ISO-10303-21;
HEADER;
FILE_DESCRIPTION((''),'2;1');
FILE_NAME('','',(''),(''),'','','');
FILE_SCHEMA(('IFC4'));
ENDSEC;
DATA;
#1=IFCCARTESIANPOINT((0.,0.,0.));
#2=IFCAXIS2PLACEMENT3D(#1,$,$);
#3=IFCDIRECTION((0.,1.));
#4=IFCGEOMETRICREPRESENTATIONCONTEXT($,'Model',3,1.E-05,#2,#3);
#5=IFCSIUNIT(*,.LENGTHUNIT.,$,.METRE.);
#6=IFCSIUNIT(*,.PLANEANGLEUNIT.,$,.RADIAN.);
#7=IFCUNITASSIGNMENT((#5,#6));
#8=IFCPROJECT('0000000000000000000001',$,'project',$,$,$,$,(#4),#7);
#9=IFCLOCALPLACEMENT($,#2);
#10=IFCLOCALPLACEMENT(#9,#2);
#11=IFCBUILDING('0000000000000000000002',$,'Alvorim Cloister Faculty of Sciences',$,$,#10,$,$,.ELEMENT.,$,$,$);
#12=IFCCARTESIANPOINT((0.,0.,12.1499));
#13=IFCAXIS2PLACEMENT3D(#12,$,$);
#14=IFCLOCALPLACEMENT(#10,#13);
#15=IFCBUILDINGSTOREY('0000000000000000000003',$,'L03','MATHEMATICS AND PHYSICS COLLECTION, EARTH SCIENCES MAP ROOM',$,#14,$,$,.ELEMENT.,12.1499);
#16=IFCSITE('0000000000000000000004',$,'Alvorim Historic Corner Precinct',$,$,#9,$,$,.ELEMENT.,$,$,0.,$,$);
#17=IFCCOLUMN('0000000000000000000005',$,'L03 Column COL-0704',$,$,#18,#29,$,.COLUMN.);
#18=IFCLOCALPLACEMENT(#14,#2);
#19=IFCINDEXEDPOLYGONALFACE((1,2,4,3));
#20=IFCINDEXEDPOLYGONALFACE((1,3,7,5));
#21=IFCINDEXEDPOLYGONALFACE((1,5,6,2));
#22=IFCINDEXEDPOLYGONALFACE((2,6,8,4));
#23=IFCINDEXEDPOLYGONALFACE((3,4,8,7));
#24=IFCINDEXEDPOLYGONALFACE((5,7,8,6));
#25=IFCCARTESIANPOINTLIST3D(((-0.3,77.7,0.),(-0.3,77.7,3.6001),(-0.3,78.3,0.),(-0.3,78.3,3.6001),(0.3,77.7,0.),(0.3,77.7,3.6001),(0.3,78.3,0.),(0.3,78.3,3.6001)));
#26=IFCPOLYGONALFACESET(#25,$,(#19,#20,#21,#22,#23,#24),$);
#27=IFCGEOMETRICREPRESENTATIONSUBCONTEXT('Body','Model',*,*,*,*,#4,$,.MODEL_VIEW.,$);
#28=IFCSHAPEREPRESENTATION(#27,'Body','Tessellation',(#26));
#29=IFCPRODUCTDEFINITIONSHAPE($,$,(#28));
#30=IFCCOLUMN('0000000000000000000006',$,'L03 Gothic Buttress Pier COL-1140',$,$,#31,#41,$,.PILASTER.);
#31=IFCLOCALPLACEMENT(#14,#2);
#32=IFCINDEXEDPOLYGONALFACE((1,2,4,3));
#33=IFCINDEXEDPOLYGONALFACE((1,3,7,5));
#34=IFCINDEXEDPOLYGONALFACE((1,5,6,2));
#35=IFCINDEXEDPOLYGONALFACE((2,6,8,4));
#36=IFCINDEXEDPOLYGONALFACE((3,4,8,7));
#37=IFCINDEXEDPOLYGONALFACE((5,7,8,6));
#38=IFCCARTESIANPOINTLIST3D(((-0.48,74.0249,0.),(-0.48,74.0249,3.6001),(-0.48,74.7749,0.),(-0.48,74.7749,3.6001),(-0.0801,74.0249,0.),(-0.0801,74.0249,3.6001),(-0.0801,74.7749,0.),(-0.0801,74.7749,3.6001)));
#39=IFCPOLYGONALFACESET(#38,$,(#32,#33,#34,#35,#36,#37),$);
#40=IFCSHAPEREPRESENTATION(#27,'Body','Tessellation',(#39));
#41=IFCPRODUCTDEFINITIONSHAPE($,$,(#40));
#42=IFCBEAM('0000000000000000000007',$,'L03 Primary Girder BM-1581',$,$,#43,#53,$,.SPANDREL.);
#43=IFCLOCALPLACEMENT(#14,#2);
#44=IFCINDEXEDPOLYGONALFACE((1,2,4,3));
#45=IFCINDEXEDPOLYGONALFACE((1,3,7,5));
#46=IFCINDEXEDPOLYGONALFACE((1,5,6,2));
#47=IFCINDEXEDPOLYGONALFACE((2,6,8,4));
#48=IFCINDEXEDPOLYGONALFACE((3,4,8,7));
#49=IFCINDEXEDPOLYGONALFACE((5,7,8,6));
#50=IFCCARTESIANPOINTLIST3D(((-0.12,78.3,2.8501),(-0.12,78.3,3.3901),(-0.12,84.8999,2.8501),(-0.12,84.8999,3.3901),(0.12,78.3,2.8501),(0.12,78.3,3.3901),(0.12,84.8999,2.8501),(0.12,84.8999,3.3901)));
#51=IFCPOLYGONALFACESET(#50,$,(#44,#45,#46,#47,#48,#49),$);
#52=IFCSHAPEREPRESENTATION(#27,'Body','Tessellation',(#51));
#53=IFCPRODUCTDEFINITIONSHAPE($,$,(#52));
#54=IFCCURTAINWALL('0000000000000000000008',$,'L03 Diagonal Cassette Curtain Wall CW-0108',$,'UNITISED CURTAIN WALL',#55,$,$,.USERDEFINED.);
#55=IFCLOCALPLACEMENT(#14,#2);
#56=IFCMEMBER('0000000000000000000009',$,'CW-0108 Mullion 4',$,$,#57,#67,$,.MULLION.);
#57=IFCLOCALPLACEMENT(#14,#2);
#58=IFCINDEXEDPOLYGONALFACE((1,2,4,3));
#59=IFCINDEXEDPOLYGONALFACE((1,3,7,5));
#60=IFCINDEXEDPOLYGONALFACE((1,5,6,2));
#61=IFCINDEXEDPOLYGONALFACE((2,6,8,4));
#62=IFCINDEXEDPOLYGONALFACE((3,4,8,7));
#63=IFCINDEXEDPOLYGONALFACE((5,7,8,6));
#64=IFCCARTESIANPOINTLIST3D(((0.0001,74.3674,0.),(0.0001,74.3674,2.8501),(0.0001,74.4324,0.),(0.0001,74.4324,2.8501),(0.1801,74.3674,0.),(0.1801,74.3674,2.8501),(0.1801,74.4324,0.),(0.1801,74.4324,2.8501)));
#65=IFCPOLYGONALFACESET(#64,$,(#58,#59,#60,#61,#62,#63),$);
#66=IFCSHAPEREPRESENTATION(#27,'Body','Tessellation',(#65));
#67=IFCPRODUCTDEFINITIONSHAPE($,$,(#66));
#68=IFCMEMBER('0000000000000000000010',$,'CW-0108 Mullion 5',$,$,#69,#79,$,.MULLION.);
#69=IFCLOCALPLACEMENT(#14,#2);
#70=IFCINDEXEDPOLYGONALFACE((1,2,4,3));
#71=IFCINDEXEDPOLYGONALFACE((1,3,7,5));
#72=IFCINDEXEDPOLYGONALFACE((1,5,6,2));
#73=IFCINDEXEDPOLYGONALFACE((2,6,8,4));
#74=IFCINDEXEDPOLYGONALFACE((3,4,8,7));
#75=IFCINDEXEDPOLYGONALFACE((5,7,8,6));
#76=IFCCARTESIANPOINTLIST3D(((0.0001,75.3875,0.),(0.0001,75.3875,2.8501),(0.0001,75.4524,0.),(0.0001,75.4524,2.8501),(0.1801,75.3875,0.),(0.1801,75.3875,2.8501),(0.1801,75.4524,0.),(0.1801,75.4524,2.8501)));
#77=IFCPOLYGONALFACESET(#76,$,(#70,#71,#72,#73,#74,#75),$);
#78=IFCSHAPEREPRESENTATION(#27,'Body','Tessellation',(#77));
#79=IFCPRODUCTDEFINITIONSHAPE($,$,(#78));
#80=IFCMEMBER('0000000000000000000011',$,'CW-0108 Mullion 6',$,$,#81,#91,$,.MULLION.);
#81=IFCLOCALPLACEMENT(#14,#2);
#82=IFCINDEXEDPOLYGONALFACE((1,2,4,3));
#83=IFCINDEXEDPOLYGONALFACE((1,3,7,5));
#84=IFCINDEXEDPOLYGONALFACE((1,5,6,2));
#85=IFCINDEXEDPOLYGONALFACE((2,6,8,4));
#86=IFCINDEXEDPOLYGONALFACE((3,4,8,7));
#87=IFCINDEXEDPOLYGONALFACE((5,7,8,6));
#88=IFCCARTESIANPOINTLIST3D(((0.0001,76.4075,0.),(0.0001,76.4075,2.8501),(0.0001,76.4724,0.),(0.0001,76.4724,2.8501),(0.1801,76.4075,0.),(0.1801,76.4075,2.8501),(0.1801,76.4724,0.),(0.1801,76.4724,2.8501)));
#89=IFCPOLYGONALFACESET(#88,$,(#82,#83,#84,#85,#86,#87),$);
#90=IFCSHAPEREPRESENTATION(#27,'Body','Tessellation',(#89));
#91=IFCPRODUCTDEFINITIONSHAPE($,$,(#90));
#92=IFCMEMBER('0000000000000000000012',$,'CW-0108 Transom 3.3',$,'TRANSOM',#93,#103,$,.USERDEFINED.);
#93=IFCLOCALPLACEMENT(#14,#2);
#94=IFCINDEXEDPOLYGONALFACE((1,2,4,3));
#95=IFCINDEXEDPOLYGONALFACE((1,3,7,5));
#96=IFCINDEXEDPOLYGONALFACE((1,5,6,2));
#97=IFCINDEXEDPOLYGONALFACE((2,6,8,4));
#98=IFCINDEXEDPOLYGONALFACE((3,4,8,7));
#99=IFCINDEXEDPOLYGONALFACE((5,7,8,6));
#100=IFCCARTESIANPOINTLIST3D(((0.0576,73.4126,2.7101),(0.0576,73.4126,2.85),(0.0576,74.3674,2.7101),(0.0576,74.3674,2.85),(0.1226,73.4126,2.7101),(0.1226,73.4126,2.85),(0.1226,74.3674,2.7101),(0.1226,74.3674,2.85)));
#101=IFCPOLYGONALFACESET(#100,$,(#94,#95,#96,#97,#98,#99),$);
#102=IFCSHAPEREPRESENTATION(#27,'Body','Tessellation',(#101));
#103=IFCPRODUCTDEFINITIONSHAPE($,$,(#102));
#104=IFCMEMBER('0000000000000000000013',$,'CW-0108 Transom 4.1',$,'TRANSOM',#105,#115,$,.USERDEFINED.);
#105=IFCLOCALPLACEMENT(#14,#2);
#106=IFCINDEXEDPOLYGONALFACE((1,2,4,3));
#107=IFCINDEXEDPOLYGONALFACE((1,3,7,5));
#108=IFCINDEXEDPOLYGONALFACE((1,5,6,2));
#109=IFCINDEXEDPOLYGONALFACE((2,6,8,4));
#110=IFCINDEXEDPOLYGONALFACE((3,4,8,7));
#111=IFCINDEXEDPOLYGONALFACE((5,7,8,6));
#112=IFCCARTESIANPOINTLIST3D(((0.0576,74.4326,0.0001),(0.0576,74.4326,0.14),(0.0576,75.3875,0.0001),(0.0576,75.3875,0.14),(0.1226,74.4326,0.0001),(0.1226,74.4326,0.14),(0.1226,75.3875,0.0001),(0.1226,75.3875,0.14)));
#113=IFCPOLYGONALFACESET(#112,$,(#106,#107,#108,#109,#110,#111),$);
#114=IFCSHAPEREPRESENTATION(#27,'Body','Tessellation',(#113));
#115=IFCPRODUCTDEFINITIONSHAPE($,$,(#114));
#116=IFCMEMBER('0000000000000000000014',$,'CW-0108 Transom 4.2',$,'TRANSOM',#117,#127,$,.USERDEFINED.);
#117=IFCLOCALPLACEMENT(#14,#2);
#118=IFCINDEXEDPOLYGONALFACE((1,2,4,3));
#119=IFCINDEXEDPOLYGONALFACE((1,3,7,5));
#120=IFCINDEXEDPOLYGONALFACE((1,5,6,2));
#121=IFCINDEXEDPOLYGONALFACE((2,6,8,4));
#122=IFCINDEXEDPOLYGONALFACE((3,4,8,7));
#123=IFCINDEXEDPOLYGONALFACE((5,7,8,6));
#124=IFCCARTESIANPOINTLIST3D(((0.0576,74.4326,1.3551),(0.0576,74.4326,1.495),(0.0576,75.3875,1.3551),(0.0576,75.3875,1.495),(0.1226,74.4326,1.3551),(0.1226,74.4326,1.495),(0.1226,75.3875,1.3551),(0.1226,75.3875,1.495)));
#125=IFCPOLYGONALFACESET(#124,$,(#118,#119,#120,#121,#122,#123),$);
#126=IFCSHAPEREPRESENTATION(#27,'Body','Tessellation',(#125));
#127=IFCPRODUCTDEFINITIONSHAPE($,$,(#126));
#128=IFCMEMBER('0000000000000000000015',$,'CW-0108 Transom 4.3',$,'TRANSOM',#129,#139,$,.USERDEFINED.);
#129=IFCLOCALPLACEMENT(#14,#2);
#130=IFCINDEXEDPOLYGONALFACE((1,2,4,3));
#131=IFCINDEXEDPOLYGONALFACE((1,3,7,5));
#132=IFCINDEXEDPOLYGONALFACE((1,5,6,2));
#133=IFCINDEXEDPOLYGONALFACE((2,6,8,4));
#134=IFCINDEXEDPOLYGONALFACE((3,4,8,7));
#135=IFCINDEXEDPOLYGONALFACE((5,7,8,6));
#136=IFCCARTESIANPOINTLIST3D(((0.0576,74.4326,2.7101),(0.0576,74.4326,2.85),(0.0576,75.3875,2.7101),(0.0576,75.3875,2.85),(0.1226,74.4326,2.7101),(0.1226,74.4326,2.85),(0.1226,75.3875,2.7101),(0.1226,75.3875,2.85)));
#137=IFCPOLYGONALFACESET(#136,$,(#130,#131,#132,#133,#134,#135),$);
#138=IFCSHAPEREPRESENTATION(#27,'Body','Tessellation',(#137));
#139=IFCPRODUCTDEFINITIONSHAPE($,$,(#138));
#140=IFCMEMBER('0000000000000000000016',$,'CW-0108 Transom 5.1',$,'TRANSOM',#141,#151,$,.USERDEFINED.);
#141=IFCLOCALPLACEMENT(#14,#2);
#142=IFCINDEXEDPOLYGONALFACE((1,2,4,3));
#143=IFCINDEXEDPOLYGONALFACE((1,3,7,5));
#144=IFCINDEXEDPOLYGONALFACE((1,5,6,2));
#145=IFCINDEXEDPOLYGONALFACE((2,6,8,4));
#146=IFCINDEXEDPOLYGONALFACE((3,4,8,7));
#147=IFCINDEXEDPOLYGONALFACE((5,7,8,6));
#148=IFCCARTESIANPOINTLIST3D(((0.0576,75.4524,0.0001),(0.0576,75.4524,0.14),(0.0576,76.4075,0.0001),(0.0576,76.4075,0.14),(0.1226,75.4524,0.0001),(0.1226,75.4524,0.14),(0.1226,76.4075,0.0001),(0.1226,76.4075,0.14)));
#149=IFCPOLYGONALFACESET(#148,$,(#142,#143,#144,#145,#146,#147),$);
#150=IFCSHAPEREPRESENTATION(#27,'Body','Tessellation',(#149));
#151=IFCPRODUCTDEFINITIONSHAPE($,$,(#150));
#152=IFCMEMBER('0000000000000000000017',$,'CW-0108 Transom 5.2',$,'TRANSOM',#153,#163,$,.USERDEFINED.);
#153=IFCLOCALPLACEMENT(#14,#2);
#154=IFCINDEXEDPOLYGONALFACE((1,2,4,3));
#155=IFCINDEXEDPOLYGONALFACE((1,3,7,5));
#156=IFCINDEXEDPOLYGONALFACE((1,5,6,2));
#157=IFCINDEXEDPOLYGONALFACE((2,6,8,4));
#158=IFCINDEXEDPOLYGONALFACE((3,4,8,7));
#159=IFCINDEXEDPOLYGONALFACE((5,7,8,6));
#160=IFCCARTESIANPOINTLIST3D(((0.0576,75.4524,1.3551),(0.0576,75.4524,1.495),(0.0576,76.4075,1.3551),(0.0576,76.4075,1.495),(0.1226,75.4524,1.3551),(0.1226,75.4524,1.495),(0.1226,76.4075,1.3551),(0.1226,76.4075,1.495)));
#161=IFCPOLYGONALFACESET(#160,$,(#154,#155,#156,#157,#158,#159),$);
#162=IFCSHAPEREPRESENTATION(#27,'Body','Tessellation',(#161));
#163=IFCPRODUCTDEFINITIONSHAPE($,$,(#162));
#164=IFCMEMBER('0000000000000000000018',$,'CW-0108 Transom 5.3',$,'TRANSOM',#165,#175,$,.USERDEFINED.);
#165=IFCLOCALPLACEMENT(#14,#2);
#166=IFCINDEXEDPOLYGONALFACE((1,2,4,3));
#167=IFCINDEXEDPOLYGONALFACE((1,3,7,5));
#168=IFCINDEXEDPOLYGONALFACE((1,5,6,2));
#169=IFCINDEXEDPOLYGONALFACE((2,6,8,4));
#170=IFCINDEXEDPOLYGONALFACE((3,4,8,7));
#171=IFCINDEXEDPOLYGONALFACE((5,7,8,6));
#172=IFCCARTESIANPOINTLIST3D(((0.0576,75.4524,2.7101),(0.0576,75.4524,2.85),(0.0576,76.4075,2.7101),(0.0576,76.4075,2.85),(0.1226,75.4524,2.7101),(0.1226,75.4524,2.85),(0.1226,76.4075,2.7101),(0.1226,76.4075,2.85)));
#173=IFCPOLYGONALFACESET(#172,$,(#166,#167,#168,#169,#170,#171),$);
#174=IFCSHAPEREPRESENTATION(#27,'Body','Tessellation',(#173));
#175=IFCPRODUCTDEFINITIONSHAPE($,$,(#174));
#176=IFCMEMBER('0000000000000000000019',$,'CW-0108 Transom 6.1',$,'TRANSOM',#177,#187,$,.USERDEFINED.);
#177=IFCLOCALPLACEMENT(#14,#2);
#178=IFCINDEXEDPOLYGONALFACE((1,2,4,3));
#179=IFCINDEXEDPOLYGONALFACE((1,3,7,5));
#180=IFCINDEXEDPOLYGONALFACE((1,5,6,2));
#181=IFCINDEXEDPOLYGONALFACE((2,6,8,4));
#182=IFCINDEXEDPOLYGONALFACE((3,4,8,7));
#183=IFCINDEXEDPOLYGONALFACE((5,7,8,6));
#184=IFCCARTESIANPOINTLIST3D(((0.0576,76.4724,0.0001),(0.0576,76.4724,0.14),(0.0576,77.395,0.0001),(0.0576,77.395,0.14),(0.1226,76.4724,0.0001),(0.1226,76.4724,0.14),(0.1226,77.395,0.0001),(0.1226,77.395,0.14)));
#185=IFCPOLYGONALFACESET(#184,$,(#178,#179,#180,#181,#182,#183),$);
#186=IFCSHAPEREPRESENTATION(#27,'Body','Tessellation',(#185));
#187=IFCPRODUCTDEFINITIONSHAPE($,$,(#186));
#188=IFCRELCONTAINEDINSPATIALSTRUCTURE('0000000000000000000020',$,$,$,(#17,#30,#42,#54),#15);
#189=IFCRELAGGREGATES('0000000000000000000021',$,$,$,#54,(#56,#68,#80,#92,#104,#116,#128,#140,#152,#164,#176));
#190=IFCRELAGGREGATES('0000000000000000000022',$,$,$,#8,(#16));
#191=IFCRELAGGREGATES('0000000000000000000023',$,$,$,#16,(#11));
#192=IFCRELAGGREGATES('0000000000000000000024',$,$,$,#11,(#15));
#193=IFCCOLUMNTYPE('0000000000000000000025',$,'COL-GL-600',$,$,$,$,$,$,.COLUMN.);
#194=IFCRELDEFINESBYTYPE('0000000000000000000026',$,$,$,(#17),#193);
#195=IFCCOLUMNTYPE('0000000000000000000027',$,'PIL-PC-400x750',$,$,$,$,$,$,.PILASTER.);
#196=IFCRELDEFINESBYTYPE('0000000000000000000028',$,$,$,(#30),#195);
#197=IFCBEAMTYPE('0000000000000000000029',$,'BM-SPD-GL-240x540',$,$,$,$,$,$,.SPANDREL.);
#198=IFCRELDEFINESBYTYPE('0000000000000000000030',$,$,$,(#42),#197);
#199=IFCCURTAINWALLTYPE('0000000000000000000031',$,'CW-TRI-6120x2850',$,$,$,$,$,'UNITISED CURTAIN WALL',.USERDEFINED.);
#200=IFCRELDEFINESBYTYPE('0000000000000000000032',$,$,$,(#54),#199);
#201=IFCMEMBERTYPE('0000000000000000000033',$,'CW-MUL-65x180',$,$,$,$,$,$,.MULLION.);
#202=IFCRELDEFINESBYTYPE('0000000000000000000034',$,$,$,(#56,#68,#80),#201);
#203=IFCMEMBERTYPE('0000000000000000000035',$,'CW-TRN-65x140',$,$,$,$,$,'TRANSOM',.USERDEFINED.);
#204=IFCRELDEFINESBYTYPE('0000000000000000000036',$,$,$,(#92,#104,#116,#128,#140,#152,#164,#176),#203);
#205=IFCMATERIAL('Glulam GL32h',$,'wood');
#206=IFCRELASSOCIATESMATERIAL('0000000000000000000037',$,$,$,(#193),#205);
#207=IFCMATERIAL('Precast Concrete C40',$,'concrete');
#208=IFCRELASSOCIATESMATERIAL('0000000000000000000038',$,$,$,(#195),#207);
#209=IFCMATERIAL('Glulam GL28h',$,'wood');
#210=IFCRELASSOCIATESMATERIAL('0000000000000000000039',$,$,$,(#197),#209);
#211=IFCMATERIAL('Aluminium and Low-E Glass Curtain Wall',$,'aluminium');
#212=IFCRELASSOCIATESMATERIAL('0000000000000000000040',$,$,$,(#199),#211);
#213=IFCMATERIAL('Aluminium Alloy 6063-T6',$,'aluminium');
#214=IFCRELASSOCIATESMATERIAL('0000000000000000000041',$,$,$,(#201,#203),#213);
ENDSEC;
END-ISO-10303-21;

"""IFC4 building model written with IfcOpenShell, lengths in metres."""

from ifc_helpers import new_model, si_unit, direction, frame, origin, origin_2d, place, context, subcontext, project, spatial, rectangle, extrude, material, material_profile, profile_set, type_object, element, aggregate, save


model = new_model("IFC4")

# Units and contexts
model_context = context("Model", 3, precision=1e-05, world=origin(), true_north=direction((0.0, 1.0)))
body_context = subcontext(model_context, "Body", "Model", "MODEL_VIEW")
ifc_project = project(units=[si_unit("LENGTHUNIT", "METRE"), si_unit("PLANEANGLEUNIT", "RADIAN")], contexts=[model_context])

# Site, building, storey
site_placement = place(None, origin())
site = spatial("IfcSite", under=ifc_project, at=site_placement, Name="Alvorim Historic Corner Precinct", CompositionType="ELEMENT", RefElevation=0.0)
building_placement = place(site_placement, origin())
building = spatial("IfcBuilding", under=site, at=building_placement, Name="Alvorim Cloister Faculty of Sciences", CompositionType="ELEMENT")
storey_placement = place(building_placement, frame((0.0, 0.0, 12.1499)))
storey = spatial("IfcBuildingStorey", under=building, at=storey_placement, Name="L03", Description="MATHEMATICS AND PHYSICS COLLECTION, EARTH SCIENCES MAP ROOM", CompositionType="ELEMENT", Elevation=12.1499)

# Columns
ifc_material_1 = material(Name="Glulam GL32h", Category="wood")
ifc_material_profile_1 = material_profile(ifc_material_1, rectangle(XDim=0.6001, YDim=0.6001, at=origin_2d()), Name="GL32-COL-600x600")
ifc_profile_set_1 = profile_set([ifc_material_profile_1], Name="Glulam GL32h")
column_type_1 = type_object("IfcColumnType", Name="COL-GL-600", PredefinedType="COLUMN", material=ifc_profile_set_1)
column_1_placement = place(storey_placement, frame((0.0, 78.0, 0.0), z_axis=(0.0, 0.0, 1.0), x_axis=(1.0, 0.0, 0.0)))
element("IfcColumn", 1, at=column_1_placement, inside=storey, type_object=column_type_1, Name="L03 Column COL-0704", PredefinedType="COLUMN", context=body_context, shape_type="SweptSolid", body=[
    extrude(rectangle(XDim=0.6001, YDim=0.6001, at=origin_2d()), origin(), (0.0, 0.0, 1.0), 3.6001),
])
ifc_material_2 = material(Name="Precast Concrete C40", Category="concrete")
ifc_material_profile_2 = material_profile(ifc_material_2, rectangle(XDim=0.3999, YDim=0.75, at=origin_2d()), Name="RC40-PIL-400x750")
ifc_profile_set_2 = profile_set([ifc_material_profile_2], Name="Precast Concrete C40")
column_type_2 = type_object("IfcColumnType", Name="PIL-PC-400x750", PredefinedType="PILASTER", material=ifc_profile_set_2)
column_2_placement = place(storey_placement, frame((-0.28, 74.3999, 0.0), z_axis=(0.0, 0.0, 1.0), x_axis=(1.0, 0.0, 0.0)))
element("IfcColumn", 2, at=column_2_placement, inside=storey, type_object=column_type_2, Name="L03 Gothic Buttress Pier COL-1140", PredefinedType="PILASTER", context=body_context, shape_type="SweptSolid", body=[
    extrude(rectangle(XDim=0.3999, YDim=0.75, at=origin_2d()), origin(), (0.0, 0.0, 1.0), 3.6001),
])

# Beam
ifc_material_3 = material(Name="Glulam GL28h", Category="wood")
ifc_material_profile_3 = material_profile(ifc_material_3, rectangle(XDim=0.24, YDim=0.54, at=origin_2d()), Name="GL28-SPD-240x540")
ifc_profile_set_3 = profile_set([ifc_material_profile_3], Name="Glulam GL28h")
beam_type = type_object("IfcBeamType", Name="BM-SPD-GL-240x540", PredefinedType="SPANDREL", material=ifc_profile_set_3)
beam_placement = place(storey_placement, frame((0.0, 78.3, 3.1201), z_axis=(0.0, 1.0, 0.0), x_axis=(-1.0, 0.0, 0.0)))
element("IfcBeam", 3, at=beam_placement, inside=storey, type_object=beam_type, Name="L03 Primary Girder BM-1581", PredefinedType="SPANDREL", context=body_context, shape_type="SweptSolid", body=[
    extrude(rectangle(XDim=0.24, YDim=0.54, at=origin_2d()), origin(), (0.0, 0.0, 1.0), 6.5999),
])

# Curtain wall, members
ifc_material_4 = material(Name="Aluminium and Low-E Glass Curtain Wall", Category="aluminium")
curtain_wall_type = type_object("IfcCurtainWallType", Name="CW-TRI-6120x2850", ElementType="UNITISED CURTAIN WALL", PredefinedType="USERDEFINED", material=ifc_material_4)
curtain_wall_1_placement = place(storey_placement, origin())
curtain_wall_1 = element("IfcCurtainWall", 4, at=curtain_wall_1_placement, inside=storey, type_object=curtain_wall_type, Name="L03 Diagonal Cassette Curtain Wall CW-0108", ObjectType="UNITISED CURTAIN WALL", PredefinedType="USERDEFINED")
ifc_material_5 = material(Name="Aluminium Alloy 6063-T6", Category="aluminium")
ifc_material_profile_4 = material_profile(ifc_material_5, rectangle(XDim=0.0649, YDim=0.1799, at=origin_2d()), Name="ALU-MUL-65x180")
ifc_profile_set_4 = profile_set([ifc_material_profile_4], Name="Aluminium Alloy 6063-T6")
member_type_1 = type_object("IfcMemberType", Name="CW-MUL-65x180", PredefinedType="MULLION", material=ifc_profile_set_4)
member_1_placement = place(storey_placement, frame((0.0901, 74.3999, 0.0), z_axis=(0.0, 0.0, 1.0), x_axis=(0.0, 1.0, 0.0)))
member_1 = element("IfcMember", 5, at=member_1_placement, type_object=member_type_1, Name="CW-0108 Mullion 4", PredefinedType="MULLION", context=body_context, shape_type="SweptSolid", body=[
    extrude(rectangle(XDim=0.0649, YDim=0.1799, at=origin_2d()), origin(), (0.0, 0.0, 1.0), 2.8501),
])
member_2_placement = place(storey_placement, frame((0.0901, 75.4199, 0.0), z_axis=(0.0, 0.0, 1.0), x_axis=(0.0, 1.0, 0.0)))
member_2 = element("IfcMember", 6, at=member_2_placement, type_object=member_type_1, Name="CW-0108 Mullion 5", PredefinedType="MULLION", context=body_context, shape_type="SweptSolid", body=[
    extrude(rectangle(XDim=0.0649, YDim=0.1799, at=origin_2d()), origin(), (0.0, 0.0, 1.0), 2.8501),
])
member_3_placement = place(storey_placement, frame((0.0901, 76.4399, 0.0), z_axis=(0.0, 0.0, 1.0), x_axis=(0.0, 1.0, 0.0)))
member_3 = element("IfcMember", 7, at=member_3_placement, type_object=member_type_1, Name="CW-0108 Mullion 6", PredefinedType="MULLION", context=body_context, shape_type="SweptSolid", body=[
    extrude(rectangle(XDim=0.0649, YDim=0.1799, at=origin_2d()), origin(), (0.0, 0.0, 1.0), 2.8501),
])
ifc_material_profile_5 = material_profile(ifc_material_5, rectangle(XDim=0.0649, YDim=0.1399, at=origin_2d()), Name="ALU-TRN-65x140")
ifc_profile_set_5 = profile_set([ifc_material_profile_5], Name="Aluminium Alloy 6063-T6")
member_type_2 = type_object("IfcMemberType", Name="CW-TRN-65x140", ElementType="TRANSOM", PredefinedType="USERDEFINED", material=ifc_profile_set_5)
member_4_placement = place(storey_placement, frame((0.0901, 73.4126, 2.78), z_axis=(0.0, 1.0, 0.0), x_axis=(-1.0, 0.0, 0.0)))
member_4 = element("IfcMember", 8, at=member_4_placement, type_object=member_type_2, Name="CW-0108 Transom 3.3", ObjectType="TRANSOM", PredefinedType="USERDEFINED", context=body_context, shape_type="SweptSolid", body=[
    extrude(rectangle(XDim=0.0649, YDim=0.1399, at=origin_2d()), origin(), (0.0, 0.0, 1.0), 0.9548),
])
member_5_placement = place(storey_placement, frame((0.0901, 74.4326, 0.0701), z_axis=(0.0, 1.0, 0.0), x_axis=(-1.0, 0.0, 0.0)))
member_5 = element("IfcMember", 9, at=member_5_placement, type_object=member_type_2, Name="CW-0108 Transom 4.1", ObjectType="TRANSOM", PredefinedType="USERDEFINED", context=body_context, shape_type="SweptSolid", body=[
    extrude(rectangle(XDim=0.0649, YDim=0.1399, at=origin_2d()), origin(), (0.0, 0.0, 1.0), 0.9548),
])
member_6_placement = place(storey_placement, frame((0.0901, 74.4326, 1.425), z_axis=(0.0, 1.0, 0.0), x_axis=(-1.0, 0.0, 0.0)))
member_6 = element("IfcMember", 10, at=member_6_placement, type_object=member_type_2, Name="CW-0108 Transom 4.2", ObjectType="TRANSOM", PredefinedType="USERDEFINED", context=body_context, shape_type="SweptSolid", body=[
    extrude(rectangle(XDim=0.0649, YDim=0.1399, at=origin_2d()), origin(), (0.0, 0.0, 1.0), 0.9548),
])
member_7_placement = place(storey_placement, frame((0.0901, 74.4326, 2.78), z_axis=(0.0, 1.0, 0.0), x_axis=(-1.0, 0.0, 0.0)))
member_7 = element("IfcMember", 11, at=member_7_placement, type_object=member_type_2, Name="CW-0108 Transom 4.3", ObjectType="TRANSOM", PredefinedType="USERDEFINED", context=body_context, shape_type="SweptSolid", body=[
    extrude(rectangle(XDim=0.0649, YDim=0.1399, at=origin_2d()), origin(), (0.0, 0.0, 1.0), 0.9548),
])
member_8_placement = place(storey_placement, frame((0.0901, 75.4524, 0.0701), z_axis=(0.0, 1.0, 0.0), x_axis=(-1.0, 0.0, 0.0)))
member_8 = element("IfcMember", 12, at=member_8_placement, type_object=member_type_2, Name="CW-0108 Transom 5.1", ObjectType="TRANSOM", PredefinedType="USERDEFINED", context=body_context, shape_type="SweptSolid", body=[
    extrude(rectangle(XDim=0.0649, YDim=0.1399, at=origin_2d()), origin(), (0.0, 0.0, 1.0), 0.9551),
])
member_9_placement = place(storey_placement, frame((0.0901, 75.4524, 1.425), z_axis=(0.0, 1.0, 0.0), x_axis=(-1.0, 0.0, 0.0)))
member_9 = element("IfcMember", 13, at=member_9_placement, type_object=member_type_2, Name="CW-0108 Transom 5.2", ObjectType="TRANSOM", PredefinedType="USERDEFINED", context=body_context, shape_type="SweptSolid", body=[
    extrude(rectangle(XDim=0.0649, YDim=0.1399, at=origin_2d()), origin(), (0.0, 0.0, 1.0), 0.9551),
])
member_10_placement = place(storey_placement, frame((0.0901, 75.4524, 2.78), z_axis=(0.0, 1.0, 0.0), x_axis=(-1.0, 0.0, 0.0)))
member_10 = element("IfcMember", 14, at=member_10_placement, type_object=member_type_2, Name="CW-0108 Transom 5.3", ObjectType="TRANSOM", PredefinedType="USERDEFINED", context=body_context, shape_type="SweptSolid", body=[
    extrude(rectangle(XDim=0.0649, YDim=0.1399, at=origin_2d()), origin(), (0.0, 0.0, 1.0), 0.9551),
])
member_11_placement = place(storey_placement, frame((0.0901, 76.4724, 0.0701), z_axis=(0.0, 1.0, 0.0), x_axis=(-1.0, 0.0, 0.0)))
member_11 = element("IfcMember", 15, at=member_11_placement, type_object=member_type_2, Name="CW-0108 Transom 6.1", ObjectType="TRANSOM", PredefinedType="USERDEFINED", context=body_context, shape_type="SweptSolid", body=[
    extrude(rectangle(XDim=0.0649, YDim=0.1399, at=origin_2d()), origin(), (0.0, 0.0, 1.0), 0.9226),
])
aggregate(curtain_wall_1, [member_1, member_2, member_3, member_4, member_5, member_6, member_7, member_8, member_9, member_10, member_11])

save(model, "model.ifc")
